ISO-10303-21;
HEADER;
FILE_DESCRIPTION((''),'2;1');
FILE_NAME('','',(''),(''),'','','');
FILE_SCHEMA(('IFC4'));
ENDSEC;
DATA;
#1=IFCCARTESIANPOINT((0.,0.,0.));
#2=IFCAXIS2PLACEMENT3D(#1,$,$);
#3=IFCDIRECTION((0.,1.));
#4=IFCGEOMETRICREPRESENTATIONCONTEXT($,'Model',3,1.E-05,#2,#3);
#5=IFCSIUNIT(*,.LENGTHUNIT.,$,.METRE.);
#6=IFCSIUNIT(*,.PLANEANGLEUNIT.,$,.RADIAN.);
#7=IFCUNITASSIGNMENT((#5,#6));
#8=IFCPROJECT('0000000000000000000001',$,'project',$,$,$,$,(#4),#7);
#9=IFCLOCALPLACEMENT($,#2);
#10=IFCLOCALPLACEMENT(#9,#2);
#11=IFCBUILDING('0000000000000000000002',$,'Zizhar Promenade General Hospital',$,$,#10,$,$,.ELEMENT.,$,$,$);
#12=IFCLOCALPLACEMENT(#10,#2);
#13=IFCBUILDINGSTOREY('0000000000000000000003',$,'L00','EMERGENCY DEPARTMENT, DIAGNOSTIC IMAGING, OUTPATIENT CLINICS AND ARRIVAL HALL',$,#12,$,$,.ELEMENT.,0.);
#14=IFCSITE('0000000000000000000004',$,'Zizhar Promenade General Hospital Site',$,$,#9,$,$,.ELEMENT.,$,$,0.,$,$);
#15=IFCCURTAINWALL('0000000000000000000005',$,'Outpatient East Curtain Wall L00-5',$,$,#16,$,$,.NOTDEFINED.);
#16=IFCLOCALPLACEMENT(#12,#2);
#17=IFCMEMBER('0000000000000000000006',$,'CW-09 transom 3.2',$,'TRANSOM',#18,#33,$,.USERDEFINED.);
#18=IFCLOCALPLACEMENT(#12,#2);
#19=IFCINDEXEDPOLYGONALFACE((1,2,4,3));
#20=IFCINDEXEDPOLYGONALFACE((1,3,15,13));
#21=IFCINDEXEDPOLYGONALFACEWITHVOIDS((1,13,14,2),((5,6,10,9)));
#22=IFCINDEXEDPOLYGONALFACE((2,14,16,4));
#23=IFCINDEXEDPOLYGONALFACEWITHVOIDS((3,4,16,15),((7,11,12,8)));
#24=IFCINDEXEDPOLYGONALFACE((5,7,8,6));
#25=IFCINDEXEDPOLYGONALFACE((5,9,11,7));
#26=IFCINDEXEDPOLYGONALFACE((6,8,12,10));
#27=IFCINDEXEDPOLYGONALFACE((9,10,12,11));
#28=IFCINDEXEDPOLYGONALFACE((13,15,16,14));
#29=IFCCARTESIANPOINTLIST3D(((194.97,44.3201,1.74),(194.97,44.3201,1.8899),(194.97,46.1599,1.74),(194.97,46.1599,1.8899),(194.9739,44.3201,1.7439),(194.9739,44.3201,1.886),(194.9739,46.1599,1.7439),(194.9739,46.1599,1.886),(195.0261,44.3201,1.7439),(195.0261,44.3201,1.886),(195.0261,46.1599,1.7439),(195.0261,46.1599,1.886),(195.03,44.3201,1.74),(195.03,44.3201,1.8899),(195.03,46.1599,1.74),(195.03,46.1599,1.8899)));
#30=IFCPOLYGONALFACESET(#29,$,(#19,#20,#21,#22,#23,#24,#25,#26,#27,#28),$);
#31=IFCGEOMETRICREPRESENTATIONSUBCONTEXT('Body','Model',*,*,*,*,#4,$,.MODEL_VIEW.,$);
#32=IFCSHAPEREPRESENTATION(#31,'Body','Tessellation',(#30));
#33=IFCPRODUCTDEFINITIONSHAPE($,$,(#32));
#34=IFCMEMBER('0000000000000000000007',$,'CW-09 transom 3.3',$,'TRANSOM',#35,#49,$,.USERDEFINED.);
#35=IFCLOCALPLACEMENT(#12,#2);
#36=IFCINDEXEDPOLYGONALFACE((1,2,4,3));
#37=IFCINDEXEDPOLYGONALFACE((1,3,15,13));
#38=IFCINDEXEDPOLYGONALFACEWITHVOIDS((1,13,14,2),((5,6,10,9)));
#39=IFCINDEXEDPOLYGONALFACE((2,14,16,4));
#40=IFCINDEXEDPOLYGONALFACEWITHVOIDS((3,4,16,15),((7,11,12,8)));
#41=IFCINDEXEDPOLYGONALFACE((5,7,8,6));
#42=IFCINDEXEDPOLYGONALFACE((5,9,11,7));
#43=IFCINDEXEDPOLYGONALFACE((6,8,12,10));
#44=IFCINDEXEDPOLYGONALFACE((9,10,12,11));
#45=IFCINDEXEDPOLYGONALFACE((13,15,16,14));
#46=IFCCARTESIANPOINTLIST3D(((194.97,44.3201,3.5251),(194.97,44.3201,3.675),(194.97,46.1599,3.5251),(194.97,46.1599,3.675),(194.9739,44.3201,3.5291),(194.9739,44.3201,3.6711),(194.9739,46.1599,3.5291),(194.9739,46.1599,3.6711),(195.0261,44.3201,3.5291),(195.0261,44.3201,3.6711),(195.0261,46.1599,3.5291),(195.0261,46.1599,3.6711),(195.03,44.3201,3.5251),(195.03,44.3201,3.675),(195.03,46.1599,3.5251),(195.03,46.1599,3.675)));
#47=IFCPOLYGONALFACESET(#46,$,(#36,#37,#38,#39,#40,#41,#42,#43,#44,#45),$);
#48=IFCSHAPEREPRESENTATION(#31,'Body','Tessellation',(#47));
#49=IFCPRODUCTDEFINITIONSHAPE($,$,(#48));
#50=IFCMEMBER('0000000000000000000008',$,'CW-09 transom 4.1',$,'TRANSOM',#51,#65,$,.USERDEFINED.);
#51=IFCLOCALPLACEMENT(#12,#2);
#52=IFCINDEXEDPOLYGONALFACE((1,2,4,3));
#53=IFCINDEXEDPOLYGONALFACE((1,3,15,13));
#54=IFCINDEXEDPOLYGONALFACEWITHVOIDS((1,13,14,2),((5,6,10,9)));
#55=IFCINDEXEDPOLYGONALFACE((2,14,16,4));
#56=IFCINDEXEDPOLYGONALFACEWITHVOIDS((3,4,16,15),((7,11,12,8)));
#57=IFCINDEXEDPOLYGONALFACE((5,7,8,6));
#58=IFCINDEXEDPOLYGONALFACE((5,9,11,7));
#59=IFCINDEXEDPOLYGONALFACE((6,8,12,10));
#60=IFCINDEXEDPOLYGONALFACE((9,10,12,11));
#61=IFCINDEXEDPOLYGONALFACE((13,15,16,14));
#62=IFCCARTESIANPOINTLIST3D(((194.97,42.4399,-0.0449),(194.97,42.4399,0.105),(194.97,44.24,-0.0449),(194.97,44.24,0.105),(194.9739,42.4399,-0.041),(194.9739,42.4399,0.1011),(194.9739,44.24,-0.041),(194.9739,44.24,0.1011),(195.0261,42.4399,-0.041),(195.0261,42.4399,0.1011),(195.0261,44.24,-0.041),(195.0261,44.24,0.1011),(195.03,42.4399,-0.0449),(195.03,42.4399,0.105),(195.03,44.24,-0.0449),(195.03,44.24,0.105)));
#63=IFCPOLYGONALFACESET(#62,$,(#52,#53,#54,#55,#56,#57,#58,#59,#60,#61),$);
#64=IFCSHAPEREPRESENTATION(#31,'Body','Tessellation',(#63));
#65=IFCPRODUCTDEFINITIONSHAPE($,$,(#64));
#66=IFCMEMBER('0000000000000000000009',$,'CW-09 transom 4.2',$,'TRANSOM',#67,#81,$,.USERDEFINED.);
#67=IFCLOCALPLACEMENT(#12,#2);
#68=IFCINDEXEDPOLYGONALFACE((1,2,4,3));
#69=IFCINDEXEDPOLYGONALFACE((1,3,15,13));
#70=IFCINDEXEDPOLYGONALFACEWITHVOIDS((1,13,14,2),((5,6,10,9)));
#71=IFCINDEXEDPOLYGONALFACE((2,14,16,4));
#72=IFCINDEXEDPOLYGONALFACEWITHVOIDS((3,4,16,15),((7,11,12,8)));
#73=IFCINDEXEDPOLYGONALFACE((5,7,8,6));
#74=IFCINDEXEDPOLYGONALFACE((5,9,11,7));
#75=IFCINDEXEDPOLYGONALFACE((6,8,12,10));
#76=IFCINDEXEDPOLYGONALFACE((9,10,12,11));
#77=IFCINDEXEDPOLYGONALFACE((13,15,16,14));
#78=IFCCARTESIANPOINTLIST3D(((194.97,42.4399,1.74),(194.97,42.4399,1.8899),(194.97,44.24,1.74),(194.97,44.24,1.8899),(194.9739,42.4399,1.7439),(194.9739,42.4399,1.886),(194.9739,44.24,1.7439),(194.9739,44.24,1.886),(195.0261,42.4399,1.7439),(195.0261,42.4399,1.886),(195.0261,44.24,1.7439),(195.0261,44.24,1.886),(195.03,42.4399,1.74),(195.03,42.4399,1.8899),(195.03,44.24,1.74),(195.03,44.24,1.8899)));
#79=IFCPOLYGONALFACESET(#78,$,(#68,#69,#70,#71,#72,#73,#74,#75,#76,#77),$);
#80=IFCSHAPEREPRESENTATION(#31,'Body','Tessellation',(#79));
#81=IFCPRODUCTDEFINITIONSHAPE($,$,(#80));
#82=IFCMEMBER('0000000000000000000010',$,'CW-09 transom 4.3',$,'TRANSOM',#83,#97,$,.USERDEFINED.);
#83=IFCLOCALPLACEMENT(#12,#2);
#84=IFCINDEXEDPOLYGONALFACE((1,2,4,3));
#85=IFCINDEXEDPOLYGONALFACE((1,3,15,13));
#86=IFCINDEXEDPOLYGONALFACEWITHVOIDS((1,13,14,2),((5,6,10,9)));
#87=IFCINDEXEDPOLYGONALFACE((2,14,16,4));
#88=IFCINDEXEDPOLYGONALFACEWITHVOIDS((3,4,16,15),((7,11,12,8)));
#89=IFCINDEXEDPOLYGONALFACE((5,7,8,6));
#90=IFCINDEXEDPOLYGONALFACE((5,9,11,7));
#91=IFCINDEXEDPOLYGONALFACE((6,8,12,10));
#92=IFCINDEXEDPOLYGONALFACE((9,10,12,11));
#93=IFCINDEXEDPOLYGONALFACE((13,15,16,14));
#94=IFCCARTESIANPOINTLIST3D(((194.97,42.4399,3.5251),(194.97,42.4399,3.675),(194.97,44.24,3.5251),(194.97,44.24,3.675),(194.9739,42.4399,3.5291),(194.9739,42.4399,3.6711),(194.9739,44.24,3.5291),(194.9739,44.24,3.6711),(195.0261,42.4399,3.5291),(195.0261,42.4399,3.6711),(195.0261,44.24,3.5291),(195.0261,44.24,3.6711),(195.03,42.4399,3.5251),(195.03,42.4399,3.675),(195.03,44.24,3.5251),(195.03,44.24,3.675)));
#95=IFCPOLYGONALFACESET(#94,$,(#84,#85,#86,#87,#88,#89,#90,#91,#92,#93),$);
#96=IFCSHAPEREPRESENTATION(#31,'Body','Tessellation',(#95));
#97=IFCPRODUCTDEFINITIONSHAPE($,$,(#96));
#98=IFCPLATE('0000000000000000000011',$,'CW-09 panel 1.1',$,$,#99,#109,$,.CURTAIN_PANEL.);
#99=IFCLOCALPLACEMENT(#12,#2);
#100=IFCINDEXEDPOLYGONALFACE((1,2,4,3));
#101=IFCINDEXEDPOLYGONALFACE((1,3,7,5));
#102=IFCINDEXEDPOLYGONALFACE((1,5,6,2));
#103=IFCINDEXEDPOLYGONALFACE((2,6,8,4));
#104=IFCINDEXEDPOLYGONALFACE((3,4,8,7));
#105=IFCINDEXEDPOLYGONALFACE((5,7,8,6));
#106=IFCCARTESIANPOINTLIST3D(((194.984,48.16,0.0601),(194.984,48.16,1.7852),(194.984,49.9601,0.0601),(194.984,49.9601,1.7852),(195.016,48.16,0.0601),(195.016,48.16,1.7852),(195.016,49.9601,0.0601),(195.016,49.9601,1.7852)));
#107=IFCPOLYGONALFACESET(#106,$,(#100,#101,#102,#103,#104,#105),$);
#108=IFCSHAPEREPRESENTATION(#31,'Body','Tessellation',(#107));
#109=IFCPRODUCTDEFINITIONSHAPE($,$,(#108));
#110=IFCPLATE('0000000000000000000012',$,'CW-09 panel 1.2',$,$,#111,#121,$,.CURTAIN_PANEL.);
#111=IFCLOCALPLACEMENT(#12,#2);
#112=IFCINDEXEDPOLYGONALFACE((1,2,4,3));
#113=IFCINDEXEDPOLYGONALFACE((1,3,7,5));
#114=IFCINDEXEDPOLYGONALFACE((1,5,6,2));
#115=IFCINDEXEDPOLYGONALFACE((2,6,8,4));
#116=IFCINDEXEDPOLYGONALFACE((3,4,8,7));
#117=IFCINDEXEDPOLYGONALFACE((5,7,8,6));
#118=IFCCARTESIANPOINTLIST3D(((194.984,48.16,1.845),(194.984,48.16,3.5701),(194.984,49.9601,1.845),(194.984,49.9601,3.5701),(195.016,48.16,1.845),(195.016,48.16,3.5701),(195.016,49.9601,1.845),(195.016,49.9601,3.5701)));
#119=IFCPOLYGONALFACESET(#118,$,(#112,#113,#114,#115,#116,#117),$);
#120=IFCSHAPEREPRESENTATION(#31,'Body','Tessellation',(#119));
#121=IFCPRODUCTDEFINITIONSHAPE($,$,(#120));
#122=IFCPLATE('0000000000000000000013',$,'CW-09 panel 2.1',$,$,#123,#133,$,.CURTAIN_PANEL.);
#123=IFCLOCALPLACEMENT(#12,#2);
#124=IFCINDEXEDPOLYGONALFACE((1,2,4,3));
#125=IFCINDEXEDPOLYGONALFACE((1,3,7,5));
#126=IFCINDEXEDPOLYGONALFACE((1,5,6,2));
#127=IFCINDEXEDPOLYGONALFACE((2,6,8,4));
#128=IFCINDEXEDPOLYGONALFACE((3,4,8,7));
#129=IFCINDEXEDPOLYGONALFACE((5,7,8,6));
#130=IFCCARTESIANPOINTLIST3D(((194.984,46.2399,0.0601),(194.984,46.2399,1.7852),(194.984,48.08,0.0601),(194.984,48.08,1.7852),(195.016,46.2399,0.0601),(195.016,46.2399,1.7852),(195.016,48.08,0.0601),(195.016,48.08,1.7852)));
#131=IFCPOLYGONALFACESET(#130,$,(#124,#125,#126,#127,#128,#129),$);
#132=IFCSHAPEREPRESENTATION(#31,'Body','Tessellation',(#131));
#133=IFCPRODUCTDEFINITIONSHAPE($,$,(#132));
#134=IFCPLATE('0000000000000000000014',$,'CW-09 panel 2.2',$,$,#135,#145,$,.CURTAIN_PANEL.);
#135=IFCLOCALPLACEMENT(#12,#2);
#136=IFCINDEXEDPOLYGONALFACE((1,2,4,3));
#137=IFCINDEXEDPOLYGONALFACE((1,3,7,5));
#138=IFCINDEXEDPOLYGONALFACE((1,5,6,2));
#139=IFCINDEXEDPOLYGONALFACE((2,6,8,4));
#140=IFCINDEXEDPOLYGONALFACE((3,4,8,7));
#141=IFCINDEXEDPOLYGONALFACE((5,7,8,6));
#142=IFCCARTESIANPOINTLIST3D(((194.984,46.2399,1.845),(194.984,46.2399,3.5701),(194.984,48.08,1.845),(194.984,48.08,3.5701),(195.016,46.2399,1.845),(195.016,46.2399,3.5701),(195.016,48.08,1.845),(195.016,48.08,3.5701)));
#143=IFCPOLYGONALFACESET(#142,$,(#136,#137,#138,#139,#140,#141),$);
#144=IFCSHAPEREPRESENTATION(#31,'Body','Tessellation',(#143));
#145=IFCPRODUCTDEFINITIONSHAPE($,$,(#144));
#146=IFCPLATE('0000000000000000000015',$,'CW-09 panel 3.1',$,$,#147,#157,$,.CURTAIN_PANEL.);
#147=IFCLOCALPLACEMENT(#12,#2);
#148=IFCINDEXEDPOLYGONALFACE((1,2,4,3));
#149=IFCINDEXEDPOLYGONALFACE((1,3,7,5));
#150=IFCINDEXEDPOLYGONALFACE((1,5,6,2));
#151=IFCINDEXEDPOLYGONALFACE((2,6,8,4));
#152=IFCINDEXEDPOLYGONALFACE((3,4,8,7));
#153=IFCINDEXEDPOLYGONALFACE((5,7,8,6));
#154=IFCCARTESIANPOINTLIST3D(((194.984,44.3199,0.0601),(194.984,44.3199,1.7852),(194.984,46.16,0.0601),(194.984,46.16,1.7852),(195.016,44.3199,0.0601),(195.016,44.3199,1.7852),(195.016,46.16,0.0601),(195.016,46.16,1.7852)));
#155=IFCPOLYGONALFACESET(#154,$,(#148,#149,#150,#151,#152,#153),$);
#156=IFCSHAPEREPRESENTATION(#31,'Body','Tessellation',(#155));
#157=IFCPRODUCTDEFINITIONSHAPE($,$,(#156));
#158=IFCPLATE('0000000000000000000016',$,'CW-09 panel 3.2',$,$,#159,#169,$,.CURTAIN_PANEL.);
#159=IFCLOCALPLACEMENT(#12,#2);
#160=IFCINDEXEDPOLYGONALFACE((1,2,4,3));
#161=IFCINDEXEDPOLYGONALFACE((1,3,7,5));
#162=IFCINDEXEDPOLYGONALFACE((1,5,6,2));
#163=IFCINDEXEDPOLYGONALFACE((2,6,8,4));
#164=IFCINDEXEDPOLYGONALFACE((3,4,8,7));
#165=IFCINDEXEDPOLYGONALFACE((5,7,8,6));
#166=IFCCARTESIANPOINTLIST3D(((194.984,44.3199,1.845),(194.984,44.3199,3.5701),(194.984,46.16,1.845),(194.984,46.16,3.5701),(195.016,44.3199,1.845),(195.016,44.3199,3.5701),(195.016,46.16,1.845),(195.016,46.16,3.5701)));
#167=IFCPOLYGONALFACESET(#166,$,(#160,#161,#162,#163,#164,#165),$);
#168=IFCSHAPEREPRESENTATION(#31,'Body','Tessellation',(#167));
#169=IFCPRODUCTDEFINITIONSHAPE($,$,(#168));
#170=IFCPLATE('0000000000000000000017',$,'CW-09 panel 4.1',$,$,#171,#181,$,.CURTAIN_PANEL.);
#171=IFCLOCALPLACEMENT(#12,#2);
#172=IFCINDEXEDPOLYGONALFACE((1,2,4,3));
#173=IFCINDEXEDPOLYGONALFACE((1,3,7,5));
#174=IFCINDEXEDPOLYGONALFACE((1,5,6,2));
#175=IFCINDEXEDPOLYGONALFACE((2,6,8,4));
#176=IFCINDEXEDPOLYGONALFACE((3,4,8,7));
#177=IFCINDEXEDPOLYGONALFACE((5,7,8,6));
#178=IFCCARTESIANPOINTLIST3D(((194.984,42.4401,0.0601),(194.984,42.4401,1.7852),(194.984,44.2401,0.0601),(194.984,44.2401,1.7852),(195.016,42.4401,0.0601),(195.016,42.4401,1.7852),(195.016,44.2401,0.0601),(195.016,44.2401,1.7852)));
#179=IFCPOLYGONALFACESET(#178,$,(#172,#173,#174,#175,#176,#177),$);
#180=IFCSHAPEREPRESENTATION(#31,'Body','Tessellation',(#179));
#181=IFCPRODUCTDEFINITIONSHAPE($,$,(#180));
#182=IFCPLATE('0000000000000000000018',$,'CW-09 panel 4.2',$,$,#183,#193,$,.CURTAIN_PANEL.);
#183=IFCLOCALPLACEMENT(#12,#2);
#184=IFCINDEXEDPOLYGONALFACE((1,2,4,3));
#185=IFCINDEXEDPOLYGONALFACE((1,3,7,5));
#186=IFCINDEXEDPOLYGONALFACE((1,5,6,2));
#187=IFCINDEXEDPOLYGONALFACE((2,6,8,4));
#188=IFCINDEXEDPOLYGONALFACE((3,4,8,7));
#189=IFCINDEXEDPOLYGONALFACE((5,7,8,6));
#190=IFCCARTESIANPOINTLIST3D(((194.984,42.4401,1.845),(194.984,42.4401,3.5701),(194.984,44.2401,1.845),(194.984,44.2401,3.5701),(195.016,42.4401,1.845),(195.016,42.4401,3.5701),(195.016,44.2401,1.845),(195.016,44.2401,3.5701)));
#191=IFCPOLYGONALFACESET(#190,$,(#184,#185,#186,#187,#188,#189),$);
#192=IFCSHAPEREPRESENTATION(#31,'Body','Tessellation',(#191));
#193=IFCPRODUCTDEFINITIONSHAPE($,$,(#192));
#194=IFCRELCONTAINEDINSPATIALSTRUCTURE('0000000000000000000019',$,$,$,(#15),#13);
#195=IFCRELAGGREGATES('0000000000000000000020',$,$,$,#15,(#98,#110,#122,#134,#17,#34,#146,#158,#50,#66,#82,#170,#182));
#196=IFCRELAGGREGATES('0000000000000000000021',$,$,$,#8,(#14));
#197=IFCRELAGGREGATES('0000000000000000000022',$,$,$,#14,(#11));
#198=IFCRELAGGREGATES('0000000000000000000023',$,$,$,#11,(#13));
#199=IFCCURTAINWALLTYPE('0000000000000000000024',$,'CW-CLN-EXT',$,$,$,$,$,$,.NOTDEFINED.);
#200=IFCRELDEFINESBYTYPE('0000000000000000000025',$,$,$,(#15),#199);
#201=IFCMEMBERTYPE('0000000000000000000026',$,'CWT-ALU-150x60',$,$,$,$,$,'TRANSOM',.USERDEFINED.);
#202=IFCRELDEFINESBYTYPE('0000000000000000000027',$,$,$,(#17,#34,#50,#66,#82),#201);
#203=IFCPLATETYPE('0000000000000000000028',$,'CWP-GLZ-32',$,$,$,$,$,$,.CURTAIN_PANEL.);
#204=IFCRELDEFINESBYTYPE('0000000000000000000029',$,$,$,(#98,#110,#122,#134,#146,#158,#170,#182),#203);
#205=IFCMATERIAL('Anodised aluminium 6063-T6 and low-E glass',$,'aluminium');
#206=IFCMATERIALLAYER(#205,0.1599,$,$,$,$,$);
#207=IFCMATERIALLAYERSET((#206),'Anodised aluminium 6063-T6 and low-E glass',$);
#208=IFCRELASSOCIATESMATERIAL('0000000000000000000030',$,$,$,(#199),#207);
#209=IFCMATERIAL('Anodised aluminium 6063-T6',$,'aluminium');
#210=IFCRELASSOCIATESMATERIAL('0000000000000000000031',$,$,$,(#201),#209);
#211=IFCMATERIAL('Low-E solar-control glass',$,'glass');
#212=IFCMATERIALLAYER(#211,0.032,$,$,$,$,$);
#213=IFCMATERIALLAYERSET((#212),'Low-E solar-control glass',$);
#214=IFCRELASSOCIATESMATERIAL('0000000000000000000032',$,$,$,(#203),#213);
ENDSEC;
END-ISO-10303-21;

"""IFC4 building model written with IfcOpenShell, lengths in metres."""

from ifc_helpers import new_model, si_unit, direction, frame, origin, origin_2d, place, context, subcontext, project, spatial, rectangle, hollow_rectangle, extrude, material, layer, layer_set, material_profile, profile_set, type_object, element, aggregate, save


model = new_model("IFC4")

# Units and contexts
model_context = context("Model", 3, precision=1e-05, world=origin(), true_north=direction((0.0, 1.0)))
body_context = subcontext(model_context, "Body", "Model", "MODEL_VIEW")
ifc_project = project(units=[si_unit("LENGTHUNIT", "METRE"), si_unit("PLANEANGLEUNIT", "RADIAN")], contexts=[model_context])

# Site, building, storey
site_placement = place(None, origin())
site = spatial("IfcSite", under=ifc_project, at=site_placement, Name="Zizhar Promenade General Hospital Site", CompositionType="ELEMENT", RefElevation=0.0)
building_placement = place(site_placement, origin())
building = spatial("IfcBuilding", under=site, at=building_placement, Name="Zizhar Promenade General Hospital", CompositionType="ELEMENT")
storey_placement = place(building_placement, origin())
storey = spatial("IfcBuildingStorey", under=building, at=storey_placement, Name="L00", Description="EMERGENCY DEPARTMENT, DIAGNOSTIC IMAGING, OUTPATIENT CLINICS AND ARRIVAL HALL", CompositionType="ELEMENT", Elevation=0.0)

# Curtain wall, members, plates
ifc_material_1 = material(Name="Anodised aluminium 6063-T6 and low-E glass", Category="aluminium")
ifc_layer_1 = layer(ifc_material_1, 0.1599)
ifc_layer_set_1 = layer_set([ifc_layer_1], Name="Anodised aluminium 6063-T6 and low-E glass")
curtain_wall_type = type_object("IfcCurtainWallType", Name="CW-CLN-EXT", PredefinedType="NOTDEFINED", material=ifc_layer_set_1)
curtain_wall_placement = place(storey_placement, origin())
curtain_wall = element("IfcCurtainWall", 1, at=curtain_wall_placement, inside=storey, type_object=curtain_wall_type, Name="Outpatient East Curtain Wall L00-5", PredefinedType="NOTDEFINED")
ifc_material_2 = material(Name="Anodised aluminium 6063-T6", Category="aluminium")
ifc_material_profile_1 = material_profile(ifc_material_2, hollow_rectangle(XDim=0.0601, YDim=0.1499, WallThickness=0.0039, at=origin_2d()))
ifc_profile_set_1 = profile_set([ifc_material_profile_1], Name="Anodised aluminium 6063-T6")
member_type_1 = type_object("IfcMemberType", Name="CWT-ALU-150x60", ElementType="TRANSOM", PredefinedType="USERDEFINED", material=ifc_profile_set_1)
member_1_placement = place(storey_placement, frame((195.0, 46.1599, 1.8149), z_axis=(0.0, -1.0, 0.0), x_axis=(1.0, 0.0, 0.0)))
member_1 = element("IfcMember", 2, at=member_1_placement, type_object=member_type_1, Name="CW-09 transom 3.2", ObjectType="TRANSOM", PredefinedType="USERDEFINED", context=body_context, shape_type="SweptSolid", body=[
    extrude(hollow_rectangle(XDim=0.0601, YDim=0.1499, WallThickness=0.0039, at=origin_2d()), origin(), (0.0, 0.0, 1.0), 1.8398),
])
member_2_placement = place(storey_placement, frame((195.0, 46.1599, 3.6001), z_axis=(0.0, -1.0, 0.0), x_axis=(1.0, 0.0, 0.0)))
member_2 = element("IfcMember", 3, at=member_2_placement, type_object=member_type_1, Name="CW-09 transom 3.3", ObjectType="TRANSOM", PredefinedType="USERDEFINED", context=body_context, shape_type="SweptSolid", body=[
    extrude(hollow_rectangle(XDim=0.0601, YDim=0.1499, WallThickness=0.0039, at=origin_2d()), origin(), (0.0, 0.0, 1.0), 1.8398),
])
member_3_placement = place(storey_placement, frame((195.0, 44.24, 0.03), z_axis=(0.0, -1.0, 0.0), x_axis=(1.0, 0.0, 0.0)))
member_3 = element("IfcMember", 4, at=member_3_placement, type_object=member_type_1, Name="CW-09 transom 4.1", ObjectType="TRANSOM", PredefinedType="USERDEFINED", context=body_context, shape_type="SweptSolid", body=[
    extrude(hollow_rectangle(XDim=0.0601, YDim=0.1499, WallThickness=0.0039, at=origin_2d()), origin(), (0.0, 0.0, 1.0), 1.8),
])
member_4_placement = place(storey_placement, frame((195.0, 44.24, 1.8149), z_axis=(0.0, -1.0, 0.0), x_axis=(1.0, 0.0, 0.0)))
member_4 = element("IfcMember", 5, at=member_4_placement, type_object=member_type_1, Name="CW-09 transom 4.2", ObjectType="TRANSOM", PredefinedType="USERDEFINED", context=body_context, shape_type="SweptSolid", body=[
    extrude(hollow_rectangle(XDim=0.0601, YDim=0.1499, WallThickness=0.0039, at=origin_2d()), origin(), (0.0, 0.0, 1.0), 1.8),
])
member_5_placement = place(storey_placement, frame((195.0, 44.24, 3.6001), z_axis=(0.0, -1.0, 0.0), x_axis=(1.0, 0.0, 0.0)))
member_5 = element("IfcMember", 6, at=member_5_placement, type_object=member_type_1, Name="CW-09 transom 4.3", ObjectType="TRANSOM", PredefinedType="USERDEFINED", context=body_context, shape_type="SweptSolid", body=[
    extrude(hollow_rectangle(XDim=0.0601, YDim=0.1499, WallThickness=0.0039, at=origin_2d()), origin(), (0.0, 0.0, 1.0), 1.8),
])
ifc_material_3 = material(Name="Low-E solar-control glass", Category="glass")
ifc_layer_2 = layer(ifc_material_3, 0.032)
ifc_layer_set_2 = layer_set([ifc_layer_2], Name="Low-E solar-control glass")
plate_type = type_object("IfcPlateType", Name="CWP-GLZ-32", PredefinedType="CURTAIN_PANEL", material=ifc_layer_set_2)
plate_1_placement = place(storey_placement, frame((195.0, 49.0601, 0.0601), z_axis=(0.0, 0.0, 1.0), x_axis=(0.0, -1.0, 0.0)))
plate_1 = element("IfcPlate", 7, at=plate_1_placement, type_object=plate_type, Name="CW-09 panel 1.1", PredefinedType="CURTAIN_PANEL", context=body_context, shape_type="SweptSolid", body=[
    extrude(rectangle(XDim=1.8, YDim=0.032, at=origin_2d()), origin(), (0.0, 0.0, 1.0), 1.7251),
])
plate_2_placement = place(storey_placement, frame((195.0, 49.0601, 1.845), z_axis=(0.0, 0.0, 1.0), x_axis=(0.0, -1.0, 0.0)))
plate_2 = element("IfcPlate", 8, at=plate_2_placement, type_object=plate_type, Name="CW-09 panel 1.2", PredefinedType="CURTAIN_PANEL", context=body_context, shape_type="SweptSolid", body=[
    extrude(rectangle(XDim=1.8, YDim=0.032, at=origin_2d()), origin(), (0.0, 0.0, 1.0), 1.7251),
])
plate_3_placement = place(storey_placement, frame((195.0, 47.1599, 0.0601), z_axis=(0.0, 0.0, 1.0), x_axis=(0.0, -1.0, 0.0)))
plate_3 = element("IfcPlate", 9, at=plate_3_placement, type_object=plate_type, Name="CW-09 panel 2.1", PredefinedType="CURTAIN_PANEL", context=body_context, shape_type="SweptSolid", body=[
    extrude(rectangle(XDim=1.8401, YDim=0.032, at=origin_2d()), origin(), (0.0, 0.0, 1.0), 1.7251),
])
plate_4_placement = place(storey_placement, frame((195.0, 47.1599, 1.845), z_axis=(0.0, 0.0, 1.0), x_axis=(0.0, -1.0, 0.0)))
plate_4 = element("IfcPlate", 10, at=plate_4_placement, type_object=plate_type, Name="CW-09 panel 2.2", PredefinedType="CURTAIN_PANEL", context=body_context, shape_type="SweptSolid", body=[
    extrude(rectangle(XDim=1.8401, YDim=0.032, at=origin_2d()), origin(), (0.0, 0.0, 1.0), 1.7251),
])
plate_5_placement = place(storey_placement, frame((195.0, 45.24, 0.0601), z_axis=(0.0, 0.0, 1.0), x_axis=(0.0, -1.0, 0.0)))
plate_5 = element("IfcPlate", 11, at=plate_5_placement, type_object=plate_type, Name="CW-09 panel 3.1", PredefinedType="CURTAIN_PANEL", context=body_context, shape_type="SweptSolid", body=[
    extrude(rectangle(XDim=1.8401, YDim=0.032, at=origin_2d()), origin(), (0.0, 0.0, 1.0), 1.7251),
])
plate_6_placement = place(storey_placement, frame((195.0, 45.24, 1.845), z_axis=(0.0, 0.0, 1.0), x_axis=(0.0, -1.0, 0.0)))
plate_6 = element("IfcPlate", 12, at=plate_6_placement, type_object=plate_type, Name="CW-09 panel 3.2", PredefinedType="CURTAIN_PANEL", context=body_context, shape_type="SweptSolid", body=[
    extrude(rectangle(XDim=1.8401, YDim=0.032, at=origin_2d()), origin(), (0.0, 0.0, 1.0), 1.7251),
])
plate_7_placement = place(storey_placement, frame((195.0, 43.3401, 0.0601), z_axis=(0.0, 0.0, 1.0), x_axis=(0.0, -1.0, 0.0)))
plate_7 = element("IfcPlate", 13, at=plate_7_placement, type_object=plate_type, Name="CW-09 panel 4.1", PredefinedType="CURTAIN_PANEL", context=body_context, shape_type="SweptSolid", body=[
    extrude(rectangle(XDim=1.8, YDim=0.032, at=origin_2d()), origin(), (0.0, 0.0, 1.0), 1.7251),
])
plate_8_placement = place(storey_placement, frame((195.0, 43.3401, 1.845), z_axis=(0.0, 0.0, 1.0), x_axis=(0.0, -1.0, 0.0)))
plate_8 = element("IfcPlate", 14, at=plate_8_placement, type_object=plate_type, Name="CW-09 panel 4.2", PredefinedType="CURTAIN_PANEL", context=body_context, shape_type="SweptSolid", body=[
    extrude(rectangle(XDim=1.8, YDim=0.032, at=origin_2d()), origin(), (0.0, 0.0, 1.0), 1.7251),
])
aggregate(curtain_wall, [plate_1, plate_2, plate_3, plate_4, member_1, member_2, plate_5, plate_6, member_3, member_4, member_5, plate_7, plate_8])

save(model, "model.ifc")
